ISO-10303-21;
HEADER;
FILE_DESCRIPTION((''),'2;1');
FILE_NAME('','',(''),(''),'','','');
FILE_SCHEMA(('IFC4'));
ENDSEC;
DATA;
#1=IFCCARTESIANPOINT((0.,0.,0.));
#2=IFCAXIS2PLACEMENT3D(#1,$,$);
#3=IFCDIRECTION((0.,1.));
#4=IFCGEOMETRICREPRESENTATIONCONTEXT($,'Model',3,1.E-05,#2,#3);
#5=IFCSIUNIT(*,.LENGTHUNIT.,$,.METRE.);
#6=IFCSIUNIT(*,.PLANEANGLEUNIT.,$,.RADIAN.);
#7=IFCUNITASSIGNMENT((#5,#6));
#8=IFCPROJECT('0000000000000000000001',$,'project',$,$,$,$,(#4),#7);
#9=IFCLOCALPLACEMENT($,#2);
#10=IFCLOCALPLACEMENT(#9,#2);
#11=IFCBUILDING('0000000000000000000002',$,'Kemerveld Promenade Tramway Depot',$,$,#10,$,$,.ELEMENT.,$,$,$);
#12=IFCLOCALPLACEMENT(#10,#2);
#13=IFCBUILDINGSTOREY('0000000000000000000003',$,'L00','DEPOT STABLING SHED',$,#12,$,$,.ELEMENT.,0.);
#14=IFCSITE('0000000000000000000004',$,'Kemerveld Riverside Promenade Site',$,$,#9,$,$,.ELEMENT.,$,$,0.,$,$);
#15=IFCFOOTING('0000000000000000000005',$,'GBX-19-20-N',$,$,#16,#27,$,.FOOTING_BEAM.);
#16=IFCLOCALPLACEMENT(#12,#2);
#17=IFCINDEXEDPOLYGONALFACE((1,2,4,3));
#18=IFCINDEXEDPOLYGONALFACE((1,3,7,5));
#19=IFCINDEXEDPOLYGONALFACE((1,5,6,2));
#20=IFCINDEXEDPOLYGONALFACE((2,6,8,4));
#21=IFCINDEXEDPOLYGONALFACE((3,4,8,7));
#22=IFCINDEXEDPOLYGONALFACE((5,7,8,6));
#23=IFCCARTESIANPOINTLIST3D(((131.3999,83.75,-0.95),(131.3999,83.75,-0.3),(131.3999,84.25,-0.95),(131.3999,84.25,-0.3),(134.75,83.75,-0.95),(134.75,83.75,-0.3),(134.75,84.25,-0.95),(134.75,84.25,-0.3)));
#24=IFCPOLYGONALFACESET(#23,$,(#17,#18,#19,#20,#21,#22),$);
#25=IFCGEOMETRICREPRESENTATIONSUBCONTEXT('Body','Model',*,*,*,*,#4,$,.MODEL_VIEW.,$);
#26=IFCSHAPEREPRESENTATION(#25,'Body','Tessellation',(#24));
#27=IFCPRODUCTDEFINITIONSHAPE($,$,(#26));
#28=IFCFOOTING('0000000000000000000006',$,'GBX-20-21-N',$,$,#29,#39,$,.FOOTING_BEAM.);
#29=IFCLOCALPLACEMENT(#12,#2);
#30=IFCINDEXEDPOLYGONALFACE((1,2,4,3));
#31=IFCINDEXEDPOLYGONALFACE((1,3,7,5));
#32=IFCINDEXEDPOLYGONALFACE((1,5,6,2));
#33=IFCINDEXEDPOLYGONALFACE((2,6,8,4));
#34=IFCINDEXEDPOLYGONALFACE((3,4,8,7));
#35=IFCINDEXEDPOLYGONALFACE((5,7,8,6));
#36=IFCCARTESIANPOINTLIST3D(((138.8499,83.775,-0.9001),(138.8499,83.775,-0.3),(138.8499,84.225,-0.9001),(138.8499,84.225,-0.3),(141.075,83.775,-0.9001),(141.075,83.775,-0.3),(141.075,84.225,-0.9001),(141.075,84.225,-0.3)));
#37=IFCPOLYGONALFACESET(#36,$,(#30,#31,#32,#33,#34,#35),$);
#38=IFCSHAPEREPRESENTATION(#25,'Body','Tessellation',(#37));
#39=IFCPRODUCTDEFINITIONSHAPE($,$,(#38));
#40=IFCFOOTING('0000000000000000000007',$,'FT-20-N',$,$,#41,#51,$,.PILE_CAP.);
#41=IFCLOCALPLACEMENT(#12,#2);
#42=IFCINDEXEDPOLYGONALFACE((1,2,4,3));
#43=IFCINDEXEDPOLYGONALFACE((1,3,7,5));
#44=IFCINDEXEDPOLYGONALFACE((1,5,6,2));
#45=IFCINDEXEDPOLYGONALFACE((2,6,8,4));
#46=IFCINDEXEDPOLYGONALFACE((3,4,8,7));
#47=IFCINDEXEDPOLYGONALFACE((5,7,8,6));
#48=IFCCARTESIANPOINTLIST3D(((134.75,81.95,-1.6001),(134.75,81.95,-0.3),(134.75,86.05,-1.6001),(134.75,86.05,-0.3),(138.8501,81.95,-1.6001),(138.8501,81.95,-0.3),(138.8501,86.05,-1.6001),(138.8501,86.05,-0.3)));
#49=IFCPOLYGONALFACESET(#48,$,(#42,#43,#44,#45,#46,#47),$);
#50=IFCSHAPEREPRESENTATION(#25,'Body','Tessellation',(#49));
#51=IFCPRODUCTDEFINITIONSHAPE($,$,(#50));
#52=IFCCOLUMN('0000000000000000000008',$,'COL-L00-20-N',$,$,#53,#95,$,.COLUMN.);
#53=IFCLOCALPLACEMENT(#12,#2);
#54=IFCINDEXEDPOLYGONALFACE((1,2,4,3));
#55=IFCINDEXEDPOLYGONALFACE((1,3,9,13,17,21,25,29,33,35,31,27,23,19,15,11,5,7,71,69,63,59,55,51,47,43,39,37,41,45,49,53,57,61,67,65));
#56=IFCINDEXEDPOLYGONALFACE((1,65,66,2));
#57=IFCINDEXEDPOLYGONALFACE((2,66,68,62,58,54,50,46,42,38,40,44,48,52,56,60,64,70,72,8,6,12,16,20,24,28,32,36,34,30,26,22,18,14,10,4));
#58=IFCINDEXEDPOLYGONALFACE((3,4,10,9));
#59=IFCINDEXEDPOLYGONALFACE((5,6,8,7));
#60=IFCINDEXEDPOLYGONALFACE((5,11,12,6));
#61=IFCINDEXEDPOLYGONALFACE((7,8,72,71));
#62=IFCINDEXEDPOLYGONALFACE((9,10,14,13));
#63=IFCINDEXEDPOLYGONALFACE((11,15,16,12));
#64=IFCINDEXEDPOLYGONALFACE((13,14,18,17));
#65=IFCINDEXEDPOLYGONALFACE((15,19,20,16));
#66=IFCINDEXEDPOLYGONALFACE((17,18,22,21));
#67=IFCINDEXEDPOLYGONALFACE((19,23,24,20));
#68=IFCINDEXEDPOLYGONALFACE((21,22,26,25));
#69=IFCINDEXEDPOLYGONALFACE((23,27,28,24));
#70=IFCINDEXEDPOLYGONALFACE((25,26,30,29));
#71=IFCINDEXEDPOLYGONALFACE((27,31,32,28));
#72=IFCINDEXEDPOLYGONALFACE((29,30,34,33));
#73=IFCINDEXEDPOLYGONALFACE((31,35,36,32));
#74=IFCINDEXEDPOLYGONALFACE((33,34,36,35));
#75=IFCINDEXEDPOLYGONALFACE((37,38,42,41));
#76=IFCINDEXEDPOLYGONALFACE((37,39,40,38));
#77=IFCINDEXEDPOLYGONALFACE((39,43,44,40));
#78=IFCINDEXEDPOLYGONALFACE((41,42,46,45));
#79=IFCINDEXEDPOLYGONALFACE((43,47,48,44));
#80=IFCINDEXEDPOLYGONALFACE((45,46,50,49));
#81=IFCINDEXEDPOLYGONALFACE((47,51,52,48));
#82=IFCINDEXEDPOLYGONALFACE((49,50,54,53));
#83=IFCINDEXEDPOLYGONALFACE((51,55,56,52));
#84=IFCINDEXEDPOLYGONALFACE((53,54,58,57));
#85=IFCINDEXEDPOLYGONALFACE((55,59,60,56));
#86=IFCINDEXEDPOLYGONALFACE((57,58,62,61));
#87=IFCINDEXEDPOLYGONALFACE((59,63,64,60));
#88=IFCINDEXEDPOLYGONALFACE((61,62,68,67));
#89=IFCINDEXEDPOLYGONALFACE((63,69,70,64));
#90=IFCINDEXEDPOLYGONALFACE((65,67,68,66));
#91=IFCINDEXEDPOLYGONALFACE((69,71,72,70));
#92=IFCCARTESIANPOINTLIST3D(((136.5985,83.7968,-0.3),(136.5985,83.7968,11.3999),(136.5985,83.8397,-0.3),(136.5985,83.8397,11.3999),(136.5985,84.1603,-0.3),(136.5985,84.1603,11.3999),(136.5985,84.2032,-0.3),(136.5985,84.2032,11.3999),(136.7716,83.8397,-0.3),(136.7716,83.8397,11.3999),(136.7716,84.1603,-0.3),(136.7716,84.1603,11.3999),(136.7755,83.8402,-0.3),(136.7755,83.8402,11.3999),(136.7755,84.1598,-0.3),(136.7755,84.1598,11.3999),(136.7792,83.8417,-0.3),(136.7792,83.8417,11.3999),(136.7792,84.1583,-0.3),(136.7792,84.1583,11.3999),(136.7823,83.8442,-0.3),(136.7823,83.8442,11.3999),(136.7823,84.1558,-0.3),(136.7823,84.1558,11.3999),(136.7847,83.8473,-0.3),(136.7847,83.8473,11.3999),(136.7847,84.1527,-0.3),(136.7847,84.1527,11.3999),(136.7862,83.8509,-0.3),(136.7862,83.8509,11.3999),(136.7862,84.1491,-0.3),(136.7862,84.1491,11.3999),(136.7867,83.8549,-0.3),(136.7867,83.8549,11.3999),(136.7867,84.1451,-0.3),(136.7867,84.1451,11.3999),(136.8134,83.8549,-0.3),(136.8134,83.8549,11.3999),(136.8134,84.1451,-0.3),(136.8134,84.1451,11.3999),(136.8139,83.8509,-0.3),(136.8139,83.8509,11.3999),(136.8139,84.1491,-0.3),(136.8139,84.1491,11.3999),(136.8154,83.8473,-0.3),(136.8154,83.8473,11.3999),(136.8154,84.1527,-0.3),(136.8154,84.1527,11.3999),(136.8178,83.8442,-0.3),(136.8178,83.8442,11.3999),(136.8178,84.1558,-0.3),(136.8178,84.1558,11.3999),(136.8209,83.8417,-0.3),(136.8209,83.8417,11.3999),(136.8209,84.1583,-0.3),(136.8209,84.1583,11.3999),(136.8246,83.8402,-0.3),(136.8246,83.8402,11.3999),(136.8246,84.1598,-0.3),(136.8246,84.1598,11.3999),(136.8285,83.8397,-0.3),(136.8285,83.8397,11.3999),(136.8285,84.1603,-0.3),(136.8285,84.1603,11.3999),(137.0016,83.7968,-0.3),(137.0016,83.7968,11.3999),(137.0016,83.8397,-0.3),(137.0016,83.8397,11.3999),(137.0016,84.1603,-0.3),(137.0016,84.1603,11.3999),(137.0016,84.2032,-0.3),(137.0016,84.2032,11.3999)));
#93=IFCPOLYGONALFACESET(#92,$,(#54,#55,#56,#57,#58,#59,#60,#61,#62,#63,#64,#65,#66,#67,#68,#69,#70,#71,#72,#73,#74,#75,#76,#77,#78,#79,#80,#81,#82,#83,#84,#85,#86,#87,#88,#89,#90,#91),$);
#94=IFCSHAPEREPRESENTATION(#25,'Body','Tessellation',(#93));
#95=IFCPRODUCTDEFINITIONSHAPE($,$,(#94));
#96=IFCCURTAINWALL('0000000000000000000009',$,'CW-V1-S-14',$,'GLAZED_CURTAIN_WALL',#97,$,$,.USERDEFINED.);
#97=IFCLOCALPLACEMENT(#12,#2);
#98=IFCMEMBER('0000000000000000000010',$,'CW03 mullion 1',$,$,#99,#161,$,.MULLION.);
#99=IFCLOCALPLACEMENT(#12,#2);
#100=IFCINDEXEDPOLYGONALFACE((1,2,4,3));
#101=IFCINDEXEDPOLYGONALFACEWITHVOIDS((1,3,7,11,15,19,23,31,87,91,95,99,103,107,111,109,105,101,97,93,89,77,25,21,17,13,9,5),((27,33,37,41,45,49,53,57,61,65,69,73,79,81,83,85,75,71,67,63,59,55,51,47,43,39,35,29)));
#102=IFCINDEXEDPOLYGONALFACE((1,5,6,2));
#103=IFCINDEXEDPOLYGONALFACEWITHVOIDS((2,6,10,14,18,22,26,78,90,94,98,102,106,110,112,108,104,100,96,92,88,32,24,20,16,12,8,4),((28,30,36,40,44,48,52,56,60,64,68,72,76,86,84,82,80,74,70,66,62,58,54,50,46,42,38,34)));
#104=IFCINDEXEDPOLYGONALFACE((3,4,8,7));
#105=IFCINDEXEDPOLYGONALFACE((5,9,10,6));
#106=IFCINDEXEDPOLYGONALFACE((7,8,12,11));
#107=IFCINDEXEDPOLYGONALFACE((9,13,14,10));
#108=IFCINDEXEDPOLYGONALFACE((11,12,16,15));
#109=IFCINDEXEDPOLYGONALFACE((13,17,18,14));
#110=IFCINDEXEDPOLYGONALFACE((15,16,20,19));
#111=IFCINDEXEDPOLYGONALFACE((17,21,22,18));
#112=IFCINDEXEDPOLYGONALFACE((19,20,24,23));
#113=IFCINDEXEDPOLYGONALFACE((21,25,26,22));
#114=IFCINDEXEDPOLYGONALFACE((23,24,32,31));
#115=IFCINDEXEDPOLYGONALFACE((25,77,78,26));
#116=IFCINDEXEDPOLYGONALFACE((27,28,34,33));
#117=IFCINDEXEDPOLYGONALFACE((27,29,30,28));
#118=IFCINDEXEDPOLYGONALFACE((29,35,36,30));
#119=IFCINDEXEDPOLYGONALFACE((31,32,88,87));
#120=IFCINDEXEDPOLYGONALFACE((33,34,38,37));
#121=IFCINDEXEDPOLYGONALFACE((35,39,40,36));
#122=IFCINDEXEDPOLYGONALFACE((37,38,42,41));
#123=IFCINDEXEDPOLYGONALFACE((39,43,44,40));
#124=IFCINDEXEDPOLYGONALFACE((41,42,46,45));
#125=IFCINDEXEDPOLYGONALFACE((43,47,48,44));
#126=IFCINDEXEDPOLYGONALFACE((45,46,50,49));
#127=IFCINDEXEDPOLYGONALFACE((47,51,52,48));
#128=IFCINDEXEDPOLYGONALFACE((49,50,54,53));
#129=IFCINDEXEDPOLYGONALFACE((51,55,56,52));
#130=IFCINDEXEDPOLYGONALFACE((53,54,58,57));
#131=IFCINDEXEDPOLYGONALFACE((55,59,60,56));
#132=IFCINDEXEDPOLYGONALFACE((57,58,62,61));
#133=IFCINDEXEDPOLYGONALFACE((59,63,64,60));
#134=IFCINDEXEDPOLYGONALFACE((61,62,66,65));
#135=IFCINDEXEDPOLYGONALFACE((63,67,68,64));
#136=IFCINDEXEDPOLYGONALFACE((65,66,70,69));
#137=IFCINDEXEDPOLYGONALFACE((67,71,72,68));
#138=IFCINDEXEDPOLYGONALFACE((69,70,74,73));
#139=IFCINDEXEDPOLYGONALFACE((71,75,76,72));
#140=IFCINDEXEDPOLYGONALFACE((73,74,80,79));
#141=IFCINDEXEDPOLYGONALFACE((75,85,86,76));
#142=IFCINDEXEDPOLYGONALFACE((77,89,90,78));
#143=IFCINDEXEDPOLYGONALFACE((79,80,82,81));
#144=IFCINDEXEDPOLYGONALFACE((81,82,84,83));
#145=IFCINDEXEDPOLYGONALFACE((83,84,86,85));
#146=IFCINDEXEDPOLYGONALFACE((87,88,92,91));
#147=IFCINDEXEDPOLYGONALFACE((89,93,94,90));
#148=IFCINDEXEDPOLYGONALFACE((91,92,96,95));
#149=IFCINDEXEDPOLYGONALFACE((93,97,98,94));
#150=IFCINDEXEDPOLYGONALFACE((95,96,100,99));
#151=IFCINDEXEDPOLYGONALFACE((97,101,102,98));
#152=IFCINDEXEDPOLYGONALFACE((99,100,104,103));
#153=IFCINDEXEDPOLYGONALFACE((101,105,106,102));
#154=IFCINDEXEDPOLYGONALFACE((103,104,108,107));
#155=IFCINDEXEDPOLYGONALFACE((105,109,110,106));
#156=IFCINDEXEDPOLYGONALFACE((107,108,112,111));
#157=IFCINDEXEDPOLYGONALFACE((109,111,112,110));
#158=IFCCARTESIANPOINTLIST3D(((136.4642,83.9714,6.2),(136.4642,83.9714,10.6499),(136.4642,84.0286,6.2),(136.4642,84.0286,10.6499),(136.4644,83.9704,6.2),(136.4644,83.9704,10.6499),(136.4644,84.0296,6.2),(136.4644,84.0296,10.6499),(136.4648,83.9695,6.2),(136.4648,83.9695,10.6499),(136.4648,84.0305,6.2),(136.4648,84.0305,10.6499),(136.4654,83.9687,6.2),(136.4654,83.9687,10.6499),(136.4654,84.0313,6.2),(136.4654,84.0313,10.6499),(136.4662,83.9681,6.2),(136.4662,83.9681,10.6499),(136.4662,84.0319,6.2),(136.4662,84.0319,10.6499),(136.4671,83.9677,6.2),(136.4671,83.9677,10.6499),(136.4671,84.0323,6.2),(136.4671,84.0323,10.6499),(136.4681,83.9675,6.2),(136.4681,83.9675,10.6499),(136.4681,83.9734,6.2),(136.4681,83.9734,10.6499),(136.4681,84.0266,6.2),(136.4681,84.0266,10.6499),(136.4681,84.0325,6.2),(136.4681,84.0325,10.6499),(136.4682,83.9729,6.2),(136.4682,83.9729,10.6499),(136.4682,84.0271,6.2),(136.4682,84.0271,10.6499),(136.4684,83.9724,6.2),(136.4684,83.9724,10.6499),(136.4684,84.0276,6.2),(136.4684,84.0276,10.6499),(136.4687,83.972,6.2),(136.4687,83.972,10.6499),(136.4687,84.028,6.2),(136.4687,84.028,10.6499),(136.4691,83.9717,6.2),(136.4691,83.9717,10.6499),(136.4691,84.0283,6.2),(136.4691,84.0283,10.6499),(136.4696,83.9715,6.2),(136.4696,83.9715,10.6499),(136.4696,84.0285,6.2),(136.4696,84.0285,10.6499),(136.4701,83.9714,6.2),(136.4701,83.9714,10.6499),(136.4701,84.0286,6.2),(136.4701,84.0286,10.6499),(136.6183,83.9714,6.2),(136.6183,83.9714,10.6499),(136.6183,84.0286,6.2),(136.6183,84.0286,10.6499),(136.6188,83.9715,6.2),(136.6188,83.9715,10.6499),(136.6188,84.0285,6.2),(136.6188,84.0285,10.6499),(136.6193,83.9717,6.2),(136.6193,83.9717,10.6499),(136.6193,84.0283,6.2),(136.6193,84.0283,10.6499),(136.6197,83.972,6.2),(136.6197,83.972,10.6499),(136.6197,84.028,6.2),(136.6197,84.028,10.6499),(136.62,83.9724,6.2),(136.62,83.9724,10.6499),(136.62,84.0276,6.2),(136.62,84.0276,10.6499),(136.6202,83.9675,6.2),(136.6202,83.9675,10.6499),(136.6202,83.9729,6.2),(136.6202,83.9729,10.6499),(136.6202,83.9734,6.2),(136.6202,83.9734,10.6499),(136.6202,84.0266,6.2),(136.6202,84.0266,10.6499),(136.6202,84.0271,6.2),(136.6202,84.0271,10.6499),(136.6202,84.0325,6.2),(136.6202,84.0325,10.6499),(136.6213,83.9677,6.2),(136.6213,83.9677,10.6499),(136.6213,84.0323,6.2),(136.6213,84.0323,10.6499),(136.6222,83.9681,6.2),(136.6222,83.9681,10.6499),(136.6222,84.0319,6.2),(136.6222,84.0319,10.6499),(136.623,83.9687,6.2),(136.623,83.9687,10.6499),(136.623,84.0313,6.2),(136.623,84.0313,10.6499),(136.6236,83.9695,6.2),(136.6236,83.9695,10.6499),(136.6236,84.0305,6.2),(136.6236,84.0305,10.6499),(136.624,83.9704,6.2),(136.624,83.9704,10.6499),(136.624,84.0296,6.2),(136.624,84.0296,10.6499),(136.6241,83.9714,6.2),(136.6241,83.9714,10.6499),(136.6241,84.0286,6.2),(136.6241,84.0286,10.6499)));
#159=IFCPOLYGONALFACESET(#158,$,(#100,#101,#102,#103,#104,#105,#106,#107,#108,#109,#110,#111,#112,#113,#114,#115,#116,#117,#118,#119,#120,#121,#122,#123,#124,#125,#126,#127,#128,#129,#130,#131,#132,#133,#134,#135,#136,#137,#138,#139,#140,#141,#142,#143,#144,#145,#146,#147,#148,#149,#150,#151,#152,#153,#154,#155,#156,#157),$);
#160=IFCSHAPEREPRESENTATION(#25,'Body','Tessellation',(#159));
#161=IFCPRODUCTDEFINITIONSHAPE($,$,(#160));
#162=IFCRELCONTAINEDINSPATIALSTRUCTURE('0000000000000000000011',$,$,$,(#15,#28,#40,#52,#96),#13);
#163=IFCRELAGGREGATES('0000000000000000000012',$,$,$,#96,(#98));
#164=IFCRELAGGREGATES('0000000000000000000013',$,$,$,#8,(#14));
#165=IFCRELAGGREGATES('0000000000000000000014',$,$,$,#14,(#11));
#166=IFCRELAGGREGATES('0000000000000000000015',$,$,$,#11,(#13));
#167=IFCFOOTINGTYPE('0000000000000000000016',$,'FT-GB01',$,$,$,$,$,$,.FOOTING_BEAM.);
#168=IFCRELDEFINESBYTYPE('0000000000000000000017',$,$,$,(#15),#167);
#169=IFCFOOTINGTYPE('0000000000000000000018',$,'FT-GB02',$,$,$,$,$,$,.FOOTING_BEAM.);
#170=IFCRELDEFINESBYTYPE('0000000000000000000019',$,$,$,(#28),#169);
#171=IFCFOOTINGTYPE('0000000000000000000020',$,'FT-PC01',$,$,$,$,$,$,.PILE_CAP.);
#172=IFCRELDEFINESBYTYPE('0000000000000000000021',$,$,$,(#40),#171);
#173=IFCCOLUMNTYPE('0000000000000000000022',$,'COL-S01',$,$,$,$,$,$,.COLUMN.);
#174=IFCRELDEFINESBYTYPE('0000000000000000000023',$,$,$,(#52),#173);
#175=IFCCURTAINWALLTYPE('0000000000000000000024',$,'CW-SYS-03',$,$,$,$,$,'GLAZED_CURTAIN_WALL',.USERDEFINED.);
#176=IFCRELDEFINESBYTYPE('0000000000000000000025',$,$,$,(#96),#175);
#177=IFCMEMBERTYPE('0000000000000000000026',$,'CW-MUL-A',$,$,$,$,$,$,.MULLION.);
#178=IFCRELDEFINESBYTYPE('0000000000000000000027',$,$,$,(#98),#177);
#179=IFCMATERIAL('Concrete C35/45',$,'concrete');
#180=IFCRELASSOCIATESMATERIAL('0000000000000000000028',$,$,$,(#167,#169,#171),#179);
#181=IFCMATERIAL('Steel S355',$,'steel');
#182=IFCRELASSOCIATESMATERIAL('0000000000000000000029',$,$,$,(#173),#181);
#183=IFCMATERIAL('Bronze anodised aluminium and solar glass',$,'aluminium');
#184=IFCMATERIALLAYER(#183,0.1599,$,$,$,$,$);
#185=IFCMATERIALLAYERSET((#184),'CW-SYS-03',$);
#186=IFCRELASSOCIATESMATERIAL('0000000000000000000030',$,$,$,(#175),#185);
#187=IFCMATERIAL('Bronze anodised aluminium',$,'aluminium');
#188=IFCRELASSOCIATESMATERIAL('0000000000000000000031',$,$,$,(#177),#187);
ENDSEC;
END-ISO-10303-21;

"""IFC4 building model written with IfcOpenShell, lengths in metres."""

from ifc_helpers import new_model, si_unit, direction, frame, origin, origin_2d, place, context, subcontext, project, spatial, rectangle, hollow_rectangle, i_section, extrude, material, layer, layer_set, material_profile, profile_set, type_object, element, aggregate, save


model = new_model("IFC4")

# Units and contexts
model_context = context("Model", 3, precision=1e-05, world=origin(), true_north=direction((0.0, 1.0)))
body_context = subcontext(model_context, "Body", "Model", "MODEL_VIEW")
ifc_project = project(units=[si_unit("LENGTHUNIT", "METRE"), si_unit("PLANEANGLEUNIT", "RADIAN")], contexts=[model_context])

# Site, building, storey
site_placement = place(None, origin())
site = spatial("IfcSite", under=ifc_project, at=site_placement, Name="Kemerveld Riverside Promenade Site", CompositionType="ELEMENT", RefElevation=0.0)
building_placement = place(site_placement, origin())
building = spatial("IfcBuilding", under=site, at=building_placement, Name="Kemerveld Promenade Tramway Depot", CompositionType="ELEMENT")
storey_placement = place(building_placement, origin())
storey = spatial("IfcBuildingStorey", under=building, at=storey_placement, Name="L00", Description="DEPOT STABLING SHED", CompositionType="ELEMENT", Elevation=0.0)

# Footings
ifc_material_1 = material(Name="Concrete C35/45", Category="concrete")
footing_type_1 = type_object("IfcFootingType", Name="FT-GB01", PredefinedType="FOOTING_BEAM", material=ifc_material_1)
footing_1_placement = place(storey_placement, frame((133.075, 84.0, -0.95), z_axis=(0.0, 0.0, 1.0), x_axis=(1.0, 0.0, 0.0)))
element("IfcFooting", 1, at=footing_1_placement, inside=storey, type_object=footing_type_1, Name="GBX-19-20-N", PredefinedType="FOOTING_BEAM", context=body_context, shape_type="SweptSolid", body=[
    extrude(rectangle(XDim=3.3501, YDim=0.5, at=origin_2d()), origin(), (0.0, 0.0, 1.0), 0.6499),
])
footing_type_2 = type_object("IfcFootingType", Name="FT-GB02", PredefinedType="FOOTING_BEAM", material=ifc_material_1)
footing_2_placement = place(storey_placement, frame((139.9624, 84.0, -0.9001), z_axis=(0.0, 0.0, 1.0), x_axis=(1.0, 0.0, 0.0)))
element("IfcFooting", 2, at=footing_2_placement, inside=storey, type_object=footing_type_2, Name="GBX-20-21-N", PredefinedType="FOOTING_BEAM", context=body_context, shape_type="SweptSolid", body=[
    extrude(rectangle(XDim=2.2251, YDim=0.45, at=origin_2d()), origin(), (0.0, 0.0, 1.0), 0.6001),
])
footing_type_3 = type_object("IfcFootingType", Name="FT-PC01", PredefinedType="PILE_CAP", material=ifc_material_1)
footing_3_placement = place(storey_placement, frame((136.8, 84.0, -1.6001), z_axis=(0.0, 0.0, 1.0), x_axis=(1.0, 0.0, 0.0)))
element("IfcFooting", 3, at=footing_3_placement, inside=storey, type_object=footing_type_3, Name="FT-20-N", PredefinedType="PILE_CAP", context=body_context, shape_type="SweptSolid", body=[
    extrude(rectangle(XDim=4.1001, YDim=4.1001, at=origin_2d()), origin(), (0.0, 0.0, 1.0), 1.3),
])

# Column
ifc_material_2 = material(Name="Steel S355", Category="steel")
ifc_material_profile_1 = material_profile(ifc_material_2, i_section(OverallWidth=0.4031, OverallDepth=0.4065, WebThickness=0.0266, FlangeThickness=0.043, FilletRadius=0.0151, at=origin_2d()), Name="356x406x340 UC")
ifc_profile_set_1 = profile_set([ifc_material_profile_1], Name="Steel S355")
column_type = type_object("IfcColumnType", Name="COL-S01", PredefinedType="COLUMN", material=ifc_profile_set_1)
column_placement = place(storey_placement, frame((136.8, 84.0, -0.3), z_axis=(0.0, 0.0, 1.0), x_axis=(1.0, 0.0, 0.0)))
element("IfcColumn", 4, at=column_placement, inside=storey, type_object=column_type, Name="COL-L00-20-N", PredefinedType="COLUMN", context=body_context, shape_type="SweptSolid", body=[
    extrude(i_section(OverallWidth=0.4031, OverallDepth=0.4065, WebThickness=0.0266, FlangeThickness=0.043, FilletRadius=0.0151, at=origin_2d()), origin(), (0.0, 0.0, 1.0), 11.7),
])

# Curtain wall, member
ifc_material_3 = material(Name="Bronze anodised aluminium and solar glass", Category="aluminium")
ifc_layer_1 = layer(ifc_material_3, 0.1599)
ifc_layer_set_1 = layer_set([ifc_layer_1], Name="CW-SYS-03")
curtain_wall_type_1 = type_object("IfcCurtainWallType", Name="CW-SYS-03", ElementType="GLAZED_CURTAIN_WALL", PredefinedType="USERDEFINED", material=ifc_layer_set_1)
curtain_wall_1_placement = place(storey_placement, origin())
curtain_wall_1 = element("IfcCurtainWall", 5, at=curtain_wall_1_placement, inside=storey, type_object=curtain_wall_type_1, Name="CW-V1-S-14", ObjectType="GLAZED_CURTAIN_WALL", PredefinedType="USERDEFINED")
ifc_material_4 = material(Name="Bronze anodised aluminium", Category="aluminium")
ifc_material_profile_2 = material_profile(ifc_material_4, hollow_rectangle(XDim=0.0649, YDim=0.1599, WallThickness=0.0039, InnerFilletRadius=0.002, OuterFilletRadius=0.0039, at=origin_2d()), Name="CW-MUL-160x65")
ifc_profile_set_2 = profile_set([ifc_material_profile_2], Name="Bronze anodised aluminium")
member_type_1 = type_object("IfcMemberType", Name="CW-MUL-A", PredefinedType="MULLION", material=ifc_profile_set_2)
member_1_placement = place(storey_placement, frame((136.5442, 84.0, 6.2), z_axis=(0.0, 0.0, 1.0), x_axis=(0.0, -1.0, 0.0)))
member_1 = element("IfcMember", 6, at=member_1_placement, type_object=member_type_1, Name="CW03 mullion 1", PredefinedType="MULLION", context=body_context, shape_type="SweptSolid", body=[
    extrude(hollow_rectangle(XDim=0.0649, YDim=0.1599, WallThickness=0.0039, InnerFilletRadius=0.002, OuterFilletRadius=0.0039, at=origin_2d()), origin(), (0.0, 0.0, 1.0), 4.45),
])

aggregate(curtain_wall_1, [member_1])

save(model, "model.ifc")
